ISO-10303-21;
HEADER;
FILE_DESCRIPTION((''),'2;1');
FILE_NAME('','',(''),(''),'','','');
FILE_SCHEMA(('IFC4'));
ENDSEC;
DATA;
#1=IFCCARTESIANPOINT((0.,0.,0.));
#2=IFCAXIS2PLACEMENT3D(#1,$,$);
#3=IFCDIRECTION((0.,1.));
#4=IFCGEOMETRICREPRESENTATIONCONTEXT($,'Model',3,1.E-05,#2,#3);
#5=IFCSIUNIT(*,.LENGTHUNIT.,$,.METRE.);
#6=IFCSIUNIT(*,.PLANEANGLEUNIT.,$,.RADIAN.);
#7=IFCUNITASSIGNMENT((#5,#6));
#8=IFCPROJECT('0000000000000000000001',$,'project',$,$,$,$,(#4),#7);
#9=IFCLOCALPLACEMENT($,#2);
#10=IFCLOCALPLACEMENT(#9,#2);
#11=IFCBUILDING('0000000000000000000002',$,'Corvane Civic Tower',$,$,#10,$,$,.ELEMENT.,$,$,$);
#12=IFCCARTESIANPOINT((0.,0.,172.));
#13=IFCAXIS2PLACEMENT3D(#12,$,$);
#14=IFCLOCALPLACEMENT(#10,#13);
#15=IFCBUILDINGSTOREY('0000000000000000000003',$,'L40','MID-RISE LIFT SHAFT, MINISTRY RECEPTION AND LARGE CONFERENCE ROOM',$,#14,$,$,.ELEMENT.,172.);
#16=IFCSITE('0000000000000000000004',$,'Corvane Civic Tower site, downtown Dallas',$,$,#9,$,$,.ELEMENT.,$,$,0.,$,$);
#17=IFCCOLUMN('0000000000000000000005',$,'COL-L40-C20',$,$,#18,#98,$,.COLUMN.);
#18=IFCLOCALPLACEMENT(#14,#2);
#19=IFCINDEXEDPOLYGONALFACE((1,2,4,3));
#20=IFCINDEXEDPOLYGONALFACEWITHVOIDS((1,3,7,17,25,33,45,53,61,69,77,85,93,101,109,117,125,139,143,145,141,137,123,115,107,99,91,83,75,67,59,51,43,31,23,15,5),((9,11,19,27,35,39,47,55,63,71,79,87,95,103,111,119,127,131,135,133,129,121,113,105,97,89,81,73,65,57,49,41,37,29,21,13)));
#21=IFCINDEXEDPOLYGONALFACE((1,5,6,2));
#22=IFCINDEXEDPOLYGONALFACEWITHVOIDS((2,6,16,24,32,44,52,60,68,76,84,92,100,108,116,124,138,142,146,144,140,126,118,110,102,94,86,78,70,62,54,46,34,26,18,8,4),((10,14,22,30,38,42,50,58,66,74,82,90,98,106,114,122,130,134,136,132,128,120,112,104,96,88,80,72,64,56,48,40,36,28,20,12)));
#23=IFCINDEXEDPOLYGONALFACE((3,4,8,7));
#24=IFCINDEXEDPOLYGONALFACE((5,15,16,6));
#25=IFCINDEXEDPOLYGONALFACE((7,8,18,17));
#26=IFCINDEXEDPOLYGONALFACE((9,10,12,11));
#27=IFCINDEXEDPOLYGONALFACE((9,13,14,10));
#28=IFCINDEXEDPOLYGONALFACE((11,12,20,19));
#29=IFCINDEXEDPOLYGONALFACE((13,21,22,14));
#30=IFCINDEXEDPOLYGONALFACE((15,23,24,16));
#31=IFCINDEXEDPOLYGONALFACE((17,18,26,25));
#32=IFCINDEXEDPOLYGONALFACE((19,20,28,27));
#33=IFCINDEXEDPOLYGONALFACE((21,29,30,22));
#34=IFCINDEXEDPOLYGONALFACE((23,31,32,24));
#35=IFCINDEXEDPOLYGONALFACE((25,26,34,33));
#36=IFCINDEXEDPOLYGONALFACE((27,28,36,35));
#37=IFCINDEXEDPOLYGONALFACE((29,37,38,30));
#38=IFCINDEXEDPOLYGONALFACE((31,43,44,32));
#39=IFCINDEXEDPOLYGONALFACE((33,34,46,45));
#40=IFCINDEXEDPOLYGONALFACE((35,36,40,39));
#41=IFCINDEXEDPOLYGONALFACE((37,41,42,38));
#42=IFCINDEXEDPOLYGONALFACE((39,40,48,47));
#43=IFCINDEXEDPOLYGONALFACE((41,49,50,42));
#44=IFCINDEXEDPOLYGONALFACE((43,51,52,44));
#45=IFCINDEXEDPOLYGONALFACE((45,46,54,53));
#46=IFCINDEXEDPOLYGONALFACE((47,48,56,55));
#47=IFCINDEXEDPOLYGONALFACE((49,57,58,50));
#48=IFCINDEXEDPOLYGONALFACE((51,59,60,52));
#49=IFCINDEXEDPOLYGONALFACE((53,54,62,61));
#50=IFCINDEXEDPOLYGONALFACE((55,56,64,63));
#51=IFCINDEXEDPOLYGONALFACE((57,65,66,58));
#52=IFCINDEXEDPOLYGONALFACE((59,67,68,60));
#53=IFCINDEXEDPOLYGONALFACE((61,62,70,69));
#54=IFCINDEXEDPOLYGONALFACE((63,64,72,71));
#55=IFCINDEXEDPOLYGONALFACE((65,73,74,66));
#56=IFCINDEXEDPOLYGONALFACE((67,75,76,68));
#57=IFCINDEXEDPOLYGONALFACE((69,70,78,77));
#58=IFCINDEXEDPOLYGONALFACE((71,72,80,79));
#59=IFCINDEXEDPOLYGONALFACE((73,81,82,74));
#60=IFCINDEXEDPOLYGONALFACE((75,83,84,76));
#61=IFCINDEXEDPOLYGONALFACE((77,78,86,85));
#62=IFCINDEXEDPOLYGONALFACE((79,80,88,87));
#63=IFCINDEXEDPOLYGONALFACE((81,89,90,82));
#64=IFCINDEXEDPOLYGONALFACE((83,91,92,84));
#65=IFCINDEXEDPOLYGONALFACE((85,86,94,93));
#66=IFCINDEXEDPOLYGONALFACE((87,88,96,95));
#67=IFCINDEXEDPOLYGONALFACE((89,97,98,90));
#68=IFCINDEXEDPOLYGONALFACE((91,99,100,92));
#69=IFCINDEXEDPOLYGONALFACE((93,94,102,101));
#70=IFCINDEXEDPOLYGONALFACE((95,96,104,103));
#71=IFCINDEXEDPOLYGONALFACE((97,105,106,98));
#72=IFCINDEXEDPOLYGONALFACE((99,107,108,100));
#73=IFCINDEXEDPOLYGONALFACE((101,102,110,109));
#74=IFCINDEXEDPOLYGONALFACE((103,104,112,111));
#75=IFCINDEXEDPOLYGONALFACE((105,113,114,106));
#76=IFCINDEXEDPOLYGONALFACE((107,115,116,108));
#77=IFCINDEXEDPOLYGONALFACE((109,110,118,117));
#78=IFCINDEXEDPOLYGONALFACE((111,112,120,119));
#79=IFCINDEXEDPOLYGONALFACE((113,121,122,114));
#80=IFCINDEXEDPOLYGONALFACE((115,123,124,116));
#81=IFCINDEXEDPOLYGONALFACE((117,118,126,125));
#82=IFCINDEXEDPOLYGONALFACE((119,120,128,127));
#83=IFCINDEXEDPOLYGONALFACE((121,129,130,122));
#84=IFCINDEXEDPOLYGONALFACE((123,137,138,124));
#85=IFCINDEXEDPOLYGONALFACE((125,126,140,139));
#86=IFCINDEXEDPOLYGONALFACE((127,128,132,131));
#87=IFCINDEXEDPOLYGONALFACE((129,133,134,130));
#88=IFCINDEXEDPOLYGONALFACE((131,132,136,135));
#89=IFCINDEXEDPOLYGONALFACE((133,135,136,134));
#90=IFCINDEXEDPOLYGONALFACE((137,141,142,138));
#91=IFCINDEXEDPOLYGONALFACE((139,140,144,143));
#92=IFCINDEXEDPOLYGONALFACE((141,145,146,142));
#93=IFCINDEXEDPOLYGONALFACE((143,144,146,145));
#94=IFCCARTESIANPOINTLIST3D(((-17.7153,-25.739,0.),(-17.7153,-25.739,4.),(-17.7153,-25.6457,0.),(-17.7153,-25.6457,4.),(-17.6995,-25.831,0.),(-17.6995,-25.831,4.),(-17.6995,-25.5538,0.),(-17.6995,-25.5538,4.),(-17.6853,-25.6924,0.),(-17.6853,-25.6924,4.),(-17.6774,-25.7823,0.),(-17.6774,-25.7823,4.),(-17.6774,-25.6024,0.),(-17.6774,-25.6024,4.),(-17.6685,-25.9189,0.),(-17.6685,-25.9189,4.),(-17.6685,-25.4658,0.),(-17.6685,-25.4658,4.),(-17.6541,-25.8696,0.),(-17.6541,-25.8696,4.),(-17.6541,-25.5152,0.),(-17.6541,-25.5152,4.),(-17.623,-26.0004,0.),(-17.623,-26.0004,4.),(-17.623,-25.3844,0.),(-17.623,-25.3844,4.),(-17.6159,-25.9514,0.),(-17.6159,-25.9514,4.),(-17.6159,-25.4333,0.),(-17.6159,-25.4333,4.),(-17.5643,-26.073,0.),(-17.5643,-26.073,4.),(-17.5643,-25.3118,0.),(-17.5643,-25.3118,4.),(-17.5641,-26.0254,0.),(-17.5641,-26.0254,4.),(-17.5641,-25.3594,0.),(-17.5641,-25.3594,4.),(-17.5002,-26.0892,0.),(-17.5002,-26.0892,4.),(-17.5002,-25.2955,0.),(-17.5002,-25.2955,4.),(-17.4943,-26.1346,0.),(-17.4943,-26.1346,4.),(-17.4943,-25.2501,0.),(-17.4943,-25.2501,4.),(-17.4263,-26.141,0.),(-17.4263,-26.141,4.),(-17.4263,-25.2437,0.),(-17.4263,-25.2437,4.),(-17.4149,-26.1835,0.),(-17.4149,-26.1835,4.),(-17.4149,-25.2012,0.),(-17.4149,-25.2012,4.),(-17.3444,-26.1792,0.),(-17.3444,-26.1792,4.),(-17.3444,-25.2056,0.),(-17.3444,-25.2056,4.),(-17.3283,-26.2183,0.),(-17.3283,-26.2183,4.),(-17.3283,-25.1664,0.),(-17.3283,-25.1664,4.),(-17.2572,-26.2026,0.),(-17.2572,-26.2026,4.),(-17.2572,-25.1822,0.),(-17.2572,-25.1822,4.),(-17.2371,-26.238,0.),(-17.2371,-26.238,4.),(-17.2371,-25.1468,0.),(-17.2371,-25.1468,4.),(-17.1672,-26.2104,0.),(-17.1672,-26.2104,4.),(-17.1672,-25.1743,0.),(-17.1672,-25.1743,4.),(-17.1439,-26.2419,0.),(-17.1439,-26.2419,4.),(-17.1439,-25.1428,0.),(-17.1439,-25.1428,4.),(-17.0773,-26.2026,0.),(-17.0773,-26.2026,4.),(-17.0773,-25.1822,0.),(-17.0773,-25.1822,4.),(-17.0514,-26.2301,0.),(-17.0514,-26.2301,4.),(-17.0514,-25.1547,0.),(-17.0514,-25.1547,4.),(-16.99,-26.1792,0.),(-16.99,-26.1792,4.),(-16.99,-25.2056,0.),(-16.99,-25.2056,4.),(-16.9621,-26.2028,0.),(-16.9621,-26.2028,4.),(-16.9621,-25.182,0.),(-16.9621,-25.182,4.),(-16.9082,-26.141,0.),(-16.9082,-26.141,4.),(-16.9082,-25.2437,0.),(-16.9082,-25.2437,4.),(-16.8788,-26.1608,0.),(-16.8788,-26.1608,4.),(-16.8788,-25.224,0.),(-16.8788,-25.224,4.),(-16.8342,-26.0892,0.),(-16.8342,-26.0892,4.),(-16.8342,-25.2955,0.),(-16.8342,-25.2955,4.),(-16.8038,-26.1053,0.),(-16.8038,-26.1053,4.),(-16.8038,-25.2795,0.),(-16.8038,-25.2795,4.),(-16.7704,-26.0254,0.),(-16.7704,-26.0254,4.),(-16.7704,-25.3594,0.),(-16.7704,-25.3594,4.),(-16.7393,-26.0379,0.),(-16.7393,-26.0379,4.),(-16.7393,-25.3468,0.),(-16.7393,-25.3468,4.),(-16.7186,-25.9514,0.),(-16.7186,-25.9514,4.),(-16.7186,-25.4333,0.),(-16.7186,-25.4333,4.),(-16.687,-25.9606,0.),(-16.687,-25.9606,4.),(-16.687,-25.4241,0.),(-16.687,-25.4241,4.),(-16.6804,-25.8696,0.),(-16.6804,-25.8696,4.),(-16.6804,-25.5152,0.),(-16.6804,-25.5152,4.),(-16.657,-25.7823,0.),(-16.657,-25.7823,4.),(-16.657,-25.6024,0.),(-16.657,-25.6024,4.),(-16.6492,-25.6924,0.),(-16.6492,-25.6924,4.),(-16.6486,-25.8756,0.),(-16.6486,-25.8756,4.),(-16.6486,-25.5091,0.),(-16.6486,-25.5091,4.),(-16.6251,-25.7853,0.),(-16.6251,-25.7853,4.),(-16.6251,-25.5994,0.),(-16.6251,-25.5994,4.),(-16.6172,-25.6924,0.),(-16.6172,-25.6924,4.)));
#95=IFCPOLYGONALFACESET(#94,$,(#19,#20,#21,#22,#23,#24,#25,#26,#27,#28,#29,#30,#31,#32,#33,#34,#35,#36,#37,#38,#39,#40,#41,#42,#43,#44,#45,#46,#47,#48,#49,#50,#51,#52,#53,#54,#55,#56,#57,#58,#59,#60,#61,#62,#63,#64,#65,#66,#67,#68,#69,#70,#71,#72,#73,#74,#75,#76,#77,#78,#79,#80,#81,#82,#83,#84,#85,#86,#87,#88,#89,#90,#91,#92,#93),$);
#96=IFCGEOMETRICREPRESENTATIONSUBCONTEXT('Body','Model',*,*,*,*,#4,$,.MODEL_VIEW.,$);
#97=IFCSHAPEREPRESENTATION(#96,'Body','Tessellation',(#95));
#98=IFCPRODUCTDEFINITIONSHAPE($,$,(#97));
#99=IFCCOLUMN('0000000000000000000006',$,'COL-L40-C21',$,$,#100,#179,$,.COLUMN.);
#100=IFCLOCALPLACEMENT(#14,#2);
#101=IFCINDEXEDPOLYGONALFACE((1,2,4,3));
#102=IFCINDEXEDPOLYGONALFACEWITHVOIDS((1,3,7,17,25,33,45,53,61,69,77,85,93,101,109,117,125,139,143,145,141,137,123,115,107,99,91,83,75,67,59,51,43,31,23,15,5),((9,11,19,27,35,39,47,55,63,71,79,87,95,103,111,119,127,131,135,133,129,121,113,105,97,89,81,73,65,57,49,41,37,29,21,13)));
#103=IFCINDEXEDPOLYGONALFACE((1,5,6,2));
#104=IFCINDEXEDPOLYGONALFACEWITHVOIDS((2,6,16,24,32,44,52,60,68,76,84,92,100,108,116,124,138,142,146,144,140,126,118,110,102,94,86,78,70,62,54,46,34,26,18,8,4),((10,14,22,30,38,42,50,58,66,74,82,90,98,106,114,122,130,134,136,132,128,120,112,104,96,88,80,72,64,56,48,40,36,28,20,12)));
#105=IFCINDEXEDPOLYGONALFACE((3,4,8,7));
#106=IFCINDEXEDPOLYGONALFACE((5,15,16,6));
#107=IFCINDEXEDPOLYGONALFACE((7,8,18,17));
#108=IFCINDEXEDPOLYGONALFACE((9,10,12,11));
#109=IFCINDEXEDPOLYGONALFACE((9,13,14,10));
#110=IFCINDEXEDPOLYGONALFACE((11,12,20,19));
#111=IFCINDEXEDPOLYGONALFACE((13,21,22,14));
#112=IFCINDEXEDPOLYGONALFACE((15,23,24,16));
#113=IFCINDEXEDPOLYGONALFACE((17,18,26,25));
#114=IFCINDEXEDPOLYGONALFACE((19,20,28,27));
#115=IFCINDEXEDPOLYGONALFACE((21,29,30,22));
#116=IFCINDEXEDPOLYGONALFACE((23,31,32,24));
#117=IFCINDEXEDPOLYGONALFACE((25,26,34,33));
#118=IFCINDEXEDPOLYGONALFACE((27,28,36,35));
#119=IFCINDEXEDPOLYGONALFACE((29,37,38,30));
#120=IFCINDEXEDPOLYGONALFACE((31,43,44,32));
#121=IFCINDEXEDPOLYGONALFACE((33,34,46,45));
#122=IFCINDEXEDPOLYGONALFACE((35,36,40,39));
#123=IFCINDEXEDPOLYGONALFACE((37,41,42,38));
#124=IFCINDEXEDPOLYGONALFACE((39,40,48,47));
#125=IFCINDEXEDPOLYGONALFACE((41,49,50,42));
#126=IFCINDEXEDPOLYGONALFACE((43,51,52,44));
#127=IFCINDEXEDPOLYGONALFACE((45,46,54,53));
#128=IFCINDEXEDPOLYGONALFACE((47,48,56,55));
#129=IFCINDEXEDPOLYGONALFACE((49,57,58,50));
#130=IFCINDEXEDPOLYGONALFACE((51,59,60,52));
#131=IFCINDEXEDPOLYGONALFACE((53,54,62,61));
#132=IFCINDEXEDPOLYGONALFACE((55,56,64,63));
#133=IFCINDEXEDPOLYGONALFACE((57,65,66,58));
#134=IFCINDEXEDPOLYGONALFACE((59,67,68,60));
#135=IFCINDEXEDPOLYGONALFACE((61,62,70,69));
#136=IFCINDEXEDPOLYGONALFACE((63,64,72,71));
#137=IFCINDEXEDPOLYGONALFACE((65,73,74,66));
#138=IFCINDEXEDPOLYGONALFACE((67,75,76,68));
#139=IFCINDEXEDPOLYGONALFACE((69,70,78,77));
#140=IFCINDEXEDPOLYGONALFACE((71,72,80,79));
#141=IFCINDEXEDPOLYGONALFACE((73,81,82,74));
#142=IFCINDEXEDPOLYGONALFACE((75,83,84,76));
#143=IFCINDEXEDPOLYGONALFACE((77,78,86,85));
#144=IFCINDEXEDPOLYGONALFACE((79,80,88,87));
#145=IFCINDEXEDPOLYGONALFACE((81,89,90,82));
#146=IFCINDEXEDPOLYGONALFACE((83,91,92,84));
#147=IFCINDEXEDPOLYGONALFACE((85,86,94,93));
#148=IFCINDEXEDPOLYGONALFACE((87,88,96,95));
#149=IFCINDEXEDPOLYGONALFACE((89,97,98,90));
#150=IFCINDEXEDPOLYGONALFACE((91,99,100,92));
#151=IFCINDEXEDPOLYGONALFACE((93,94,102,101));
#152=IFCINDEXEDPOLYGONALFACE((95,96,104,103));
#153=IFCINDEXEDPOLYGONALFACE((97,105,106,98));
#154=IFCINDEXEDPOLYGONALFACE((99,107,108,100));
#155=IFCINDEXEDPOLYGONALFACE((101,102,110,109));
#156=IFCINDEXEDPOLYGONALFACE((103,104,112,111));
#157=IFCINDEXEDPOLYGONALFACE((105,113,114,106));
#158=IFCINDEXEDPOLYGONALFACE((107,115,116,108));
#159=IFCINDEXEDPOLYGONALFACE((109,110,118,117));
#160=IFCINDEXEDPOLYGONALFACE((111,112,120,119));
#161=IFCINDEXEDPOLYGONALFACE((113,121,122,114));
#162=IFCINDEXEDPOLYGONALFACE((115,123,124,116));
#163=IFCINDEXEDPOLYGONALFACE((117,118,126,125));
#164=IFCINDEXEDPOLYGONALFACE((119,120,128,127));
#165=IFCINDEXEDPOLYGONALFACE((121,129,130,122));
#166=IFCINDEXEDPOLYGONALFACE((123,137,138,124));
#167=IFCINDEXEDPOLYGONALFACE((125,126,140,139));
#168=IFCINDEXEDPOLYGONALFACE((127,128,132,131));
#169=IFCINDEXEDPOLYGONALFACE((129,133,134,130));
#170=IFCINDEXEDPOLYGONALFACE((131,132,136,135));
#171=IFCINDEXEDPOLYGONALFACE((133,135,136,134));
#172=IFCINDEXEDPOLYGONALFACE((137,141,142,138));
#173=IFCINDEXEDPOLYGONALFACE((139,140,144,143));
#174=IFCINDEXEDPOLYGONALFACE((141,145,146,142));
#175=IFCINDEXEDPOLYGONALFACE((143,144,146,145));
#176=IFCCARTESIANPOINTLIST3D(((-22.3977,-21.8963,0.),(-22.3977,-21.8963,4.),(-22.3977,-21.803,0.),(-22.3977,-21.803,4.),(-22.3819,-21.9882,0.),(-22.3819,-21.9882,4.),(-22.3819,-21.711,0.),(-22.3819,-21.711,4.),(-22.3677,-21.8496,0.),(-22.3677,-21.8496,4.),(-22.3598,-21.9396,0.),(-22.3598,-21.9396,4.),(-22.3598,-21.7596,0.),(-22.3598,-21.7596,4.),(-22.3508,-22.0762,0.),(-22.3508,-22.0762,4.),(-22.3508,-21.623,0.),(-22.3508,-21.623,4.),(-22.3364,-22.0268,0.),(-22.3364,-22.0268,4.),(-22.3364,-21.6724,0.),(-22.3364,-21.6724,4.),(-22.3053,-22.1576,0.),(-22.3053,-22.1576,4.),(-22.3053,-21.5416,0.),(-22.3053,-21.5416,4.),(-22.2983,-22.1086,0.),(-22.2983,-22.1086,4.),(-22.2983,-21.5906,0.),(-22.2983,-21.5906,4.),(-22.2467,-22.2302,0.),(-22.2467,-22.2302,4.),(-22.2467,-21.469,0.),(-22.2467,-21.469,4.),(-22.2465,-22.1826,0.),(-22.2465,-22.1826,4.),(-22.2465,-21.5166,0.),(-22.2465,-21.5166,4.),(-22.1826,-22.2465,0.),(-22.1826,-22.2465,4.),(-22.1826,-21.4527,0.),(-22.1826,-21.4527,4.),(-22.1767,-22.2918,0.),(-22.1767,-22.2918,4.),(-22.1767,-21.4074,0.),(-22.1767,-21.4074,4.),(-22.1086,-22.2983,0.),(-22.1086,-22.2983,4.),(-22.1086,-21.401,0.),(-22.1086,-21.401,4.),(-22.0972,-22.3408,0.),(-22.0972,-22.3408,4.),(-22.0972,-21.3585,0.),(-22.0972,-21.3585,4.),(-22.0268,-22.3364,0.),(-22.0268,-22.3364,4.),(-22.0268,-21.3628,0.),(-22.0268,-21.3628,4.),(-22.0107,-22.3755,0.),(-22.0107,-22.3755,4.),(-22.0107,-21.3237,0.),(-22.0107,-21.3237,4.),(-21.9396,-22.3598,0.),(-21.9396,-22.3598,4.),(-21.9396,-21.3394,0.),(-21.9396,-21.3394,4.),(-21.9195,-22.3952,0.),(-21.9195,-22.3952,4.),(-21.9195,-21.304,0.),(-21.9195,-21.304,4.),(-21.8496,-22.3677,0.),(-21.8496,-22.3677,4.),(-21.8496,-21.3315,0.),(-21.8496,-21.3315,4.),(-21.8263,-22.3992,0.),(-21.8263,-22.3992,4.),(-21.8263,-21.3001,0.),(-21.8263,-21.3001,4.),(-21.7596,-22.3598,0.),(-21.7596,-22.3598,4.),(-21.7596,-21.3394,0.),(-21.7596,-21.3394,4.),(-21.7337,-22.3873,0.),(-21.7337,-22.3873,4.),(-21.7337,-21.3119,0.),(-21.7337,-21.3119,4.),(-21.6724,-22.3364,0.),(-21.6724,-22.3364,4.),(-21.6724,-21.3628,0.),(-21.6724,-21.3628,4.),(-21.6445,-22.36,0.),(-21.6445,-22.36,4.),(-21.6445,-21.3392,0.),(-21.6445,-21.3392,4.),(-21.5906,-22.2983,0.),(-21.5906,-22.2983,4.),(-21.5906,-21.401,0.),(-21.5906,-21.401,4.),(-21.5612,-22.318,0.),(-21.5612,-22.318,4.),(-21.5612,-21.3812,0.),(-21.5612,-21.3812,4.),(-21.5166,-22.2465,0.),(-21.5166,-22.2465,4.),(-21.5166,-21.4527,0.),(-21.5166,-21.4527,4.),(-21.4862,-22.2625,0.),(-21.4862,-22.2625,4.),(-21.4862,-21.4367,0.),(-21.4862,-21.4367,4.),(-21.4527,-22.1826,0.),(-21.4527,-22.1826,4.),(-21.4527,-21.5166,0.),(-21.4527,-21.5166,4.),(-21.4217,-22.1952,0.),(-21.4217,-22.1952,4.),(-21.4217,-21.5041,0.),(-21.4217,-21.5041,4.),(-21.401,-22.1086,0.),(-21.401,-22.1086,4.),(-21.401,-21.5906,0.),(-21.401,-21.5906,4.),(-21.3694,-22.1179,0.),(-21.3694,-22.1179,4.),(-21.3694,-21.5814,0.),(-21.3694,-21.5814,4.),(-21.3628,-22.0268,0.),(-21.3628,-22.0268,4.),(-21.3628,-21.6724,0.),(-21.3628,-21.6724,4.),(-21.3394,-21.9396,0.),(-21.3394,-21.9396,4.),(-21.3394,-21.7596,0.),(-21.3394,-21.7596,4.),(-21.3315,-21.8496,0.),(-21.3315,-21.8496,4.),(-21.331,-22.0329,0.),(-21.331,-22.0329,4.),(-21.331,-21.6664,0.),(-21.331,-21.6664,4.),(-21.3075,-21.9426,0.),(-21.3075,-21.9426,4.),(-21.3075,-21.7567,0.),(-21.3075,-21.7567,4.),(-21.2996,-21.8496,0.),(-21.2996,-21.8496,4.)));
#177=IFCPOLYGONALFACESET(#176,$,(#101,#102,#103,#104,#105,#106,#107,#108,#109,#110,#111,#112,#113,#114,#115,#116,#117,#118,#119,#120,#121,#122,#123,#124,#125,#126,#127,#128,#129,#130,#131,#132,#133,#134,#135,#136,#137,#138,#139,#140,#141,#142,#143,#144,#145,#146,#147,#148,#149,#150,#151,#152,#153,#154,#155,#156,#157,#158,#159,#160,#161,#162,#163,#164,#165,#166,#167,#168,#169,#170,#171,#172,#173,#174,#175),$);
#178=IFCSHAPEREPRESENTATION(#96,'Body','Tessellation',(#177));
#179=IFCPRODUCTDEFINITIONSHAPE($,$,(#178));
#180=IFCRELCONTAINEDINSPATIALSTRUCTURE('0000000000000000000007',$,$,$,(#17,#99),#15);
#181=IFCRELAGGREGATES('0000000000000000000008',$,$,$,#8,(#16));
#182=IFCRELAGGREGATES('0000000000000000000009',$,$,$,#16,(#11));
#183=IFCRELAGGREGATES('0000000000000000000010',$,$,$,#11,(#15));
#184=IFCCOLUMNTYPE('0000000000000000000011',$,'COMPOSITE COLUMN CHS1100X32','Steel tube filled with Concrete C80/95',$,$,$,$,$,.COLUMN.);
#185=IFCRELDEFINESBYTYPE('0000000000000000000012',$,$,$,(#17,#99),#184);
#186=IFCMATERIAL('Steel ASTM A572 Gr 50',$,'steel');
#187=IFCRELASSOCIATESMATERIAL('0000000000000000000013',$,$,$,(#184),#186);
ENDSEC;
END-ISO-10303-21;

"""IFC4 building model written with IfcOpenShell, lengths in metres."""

from ifc_helpers import new_model, si_unit, direction, frame, origin, origin_2d, place, context, subcontext, project, spatial, hollow_circle, extrude, material, material_profile, profile_set, type_object, element, save


model = new_model("IFC4")

# Units and contexts
model_context = context("Model", 3, precision=1e-05, world=origin(), true_north=direction((0.0, 1.0)))
body_context = subcontext(model_context, "Body", "Model", "MODEL_VIEW")
ifc_project = project(units=[si_unit("LENGTHUNIT", "METRE"), si_unit("PLANEANGLEUNIT", "RADIAN")], contexts=[model_context])

# Site, building, storey
site_placement = place(None, origin())
site = spatial("IfcSite", under=ifc_project, at=site_placement, Name="Corvane Civic Tower site, downtown Dallas", CompositionType="ELEMENT", RefElevation=0.0)
building_placement = place(site_placement, origin())
building = spatial("IfcBuilding", under=site, at=building_placement, Name="Corvane Civic Tower", CompositionType="ELEMENT")
storey_placement = place(building_placement, frame((0.0, 0.0, 172.0)))
storey = spatial("IfcBuildingStorey", under=building, at=storey_placement, Name="L40", Description="MID-RISE LIFT SHAFT, MINISTRY RECEPTION AND LARGE CONFERENCE ROOM", CompositionType="ELEMENT", Elevation=172.0)

# Columns
ifc_material_1 = material(Name="Steel ASTM A572 Gr 50", Category="steel")
ifc_material_profile_1 = material_profile(ifc_material_1, hollow_circle(Radius=0.55, WallThickness=0.032, at=origin_2d()), Name="CHS1100X32")
ifc_profile_set_1 = profile_set([ifc_material_profile_1], Name="Steel ASTM A572 Gr 50")
column_type = type_object("IfcColumnType", Name="COMPOSITE COLUMN CHS1100X32", Description="Steel tube filled with Concrete C80/95", PredefinedType="COLUMN", material=ifc_profile_set_1)
for number, where, z_axis, x_axis, name in (
    (1, (-17.1672, -25.6924, 0.0), (0.0, 0.0, 1.0), (1.0, 0.0, 0.0), "COL-L40-C20"),
    (2, (-21.8496, -21.8496, 0.0), (0.0, 0.0, 1.0), (1.0, 0.0, 0.0), "COL-L40-C21"),
):
    element("IfcColumn", number, at=place(storey_placement, frame(where, z_axis=z_axis, x_axis=x_axis)), inside=storey, type_object=column_type, Name=name, PredefinedType="COLUMN", context=body_context, shape_type="SweptSolid", body=[
        extrude(hollow_circle(Radius=0.55, WallThickness=0.032, at=origin_2d()), origin(), (0.0, 0.0, 1.0), 4.0),
    ])

save(model, "model.ifc")
